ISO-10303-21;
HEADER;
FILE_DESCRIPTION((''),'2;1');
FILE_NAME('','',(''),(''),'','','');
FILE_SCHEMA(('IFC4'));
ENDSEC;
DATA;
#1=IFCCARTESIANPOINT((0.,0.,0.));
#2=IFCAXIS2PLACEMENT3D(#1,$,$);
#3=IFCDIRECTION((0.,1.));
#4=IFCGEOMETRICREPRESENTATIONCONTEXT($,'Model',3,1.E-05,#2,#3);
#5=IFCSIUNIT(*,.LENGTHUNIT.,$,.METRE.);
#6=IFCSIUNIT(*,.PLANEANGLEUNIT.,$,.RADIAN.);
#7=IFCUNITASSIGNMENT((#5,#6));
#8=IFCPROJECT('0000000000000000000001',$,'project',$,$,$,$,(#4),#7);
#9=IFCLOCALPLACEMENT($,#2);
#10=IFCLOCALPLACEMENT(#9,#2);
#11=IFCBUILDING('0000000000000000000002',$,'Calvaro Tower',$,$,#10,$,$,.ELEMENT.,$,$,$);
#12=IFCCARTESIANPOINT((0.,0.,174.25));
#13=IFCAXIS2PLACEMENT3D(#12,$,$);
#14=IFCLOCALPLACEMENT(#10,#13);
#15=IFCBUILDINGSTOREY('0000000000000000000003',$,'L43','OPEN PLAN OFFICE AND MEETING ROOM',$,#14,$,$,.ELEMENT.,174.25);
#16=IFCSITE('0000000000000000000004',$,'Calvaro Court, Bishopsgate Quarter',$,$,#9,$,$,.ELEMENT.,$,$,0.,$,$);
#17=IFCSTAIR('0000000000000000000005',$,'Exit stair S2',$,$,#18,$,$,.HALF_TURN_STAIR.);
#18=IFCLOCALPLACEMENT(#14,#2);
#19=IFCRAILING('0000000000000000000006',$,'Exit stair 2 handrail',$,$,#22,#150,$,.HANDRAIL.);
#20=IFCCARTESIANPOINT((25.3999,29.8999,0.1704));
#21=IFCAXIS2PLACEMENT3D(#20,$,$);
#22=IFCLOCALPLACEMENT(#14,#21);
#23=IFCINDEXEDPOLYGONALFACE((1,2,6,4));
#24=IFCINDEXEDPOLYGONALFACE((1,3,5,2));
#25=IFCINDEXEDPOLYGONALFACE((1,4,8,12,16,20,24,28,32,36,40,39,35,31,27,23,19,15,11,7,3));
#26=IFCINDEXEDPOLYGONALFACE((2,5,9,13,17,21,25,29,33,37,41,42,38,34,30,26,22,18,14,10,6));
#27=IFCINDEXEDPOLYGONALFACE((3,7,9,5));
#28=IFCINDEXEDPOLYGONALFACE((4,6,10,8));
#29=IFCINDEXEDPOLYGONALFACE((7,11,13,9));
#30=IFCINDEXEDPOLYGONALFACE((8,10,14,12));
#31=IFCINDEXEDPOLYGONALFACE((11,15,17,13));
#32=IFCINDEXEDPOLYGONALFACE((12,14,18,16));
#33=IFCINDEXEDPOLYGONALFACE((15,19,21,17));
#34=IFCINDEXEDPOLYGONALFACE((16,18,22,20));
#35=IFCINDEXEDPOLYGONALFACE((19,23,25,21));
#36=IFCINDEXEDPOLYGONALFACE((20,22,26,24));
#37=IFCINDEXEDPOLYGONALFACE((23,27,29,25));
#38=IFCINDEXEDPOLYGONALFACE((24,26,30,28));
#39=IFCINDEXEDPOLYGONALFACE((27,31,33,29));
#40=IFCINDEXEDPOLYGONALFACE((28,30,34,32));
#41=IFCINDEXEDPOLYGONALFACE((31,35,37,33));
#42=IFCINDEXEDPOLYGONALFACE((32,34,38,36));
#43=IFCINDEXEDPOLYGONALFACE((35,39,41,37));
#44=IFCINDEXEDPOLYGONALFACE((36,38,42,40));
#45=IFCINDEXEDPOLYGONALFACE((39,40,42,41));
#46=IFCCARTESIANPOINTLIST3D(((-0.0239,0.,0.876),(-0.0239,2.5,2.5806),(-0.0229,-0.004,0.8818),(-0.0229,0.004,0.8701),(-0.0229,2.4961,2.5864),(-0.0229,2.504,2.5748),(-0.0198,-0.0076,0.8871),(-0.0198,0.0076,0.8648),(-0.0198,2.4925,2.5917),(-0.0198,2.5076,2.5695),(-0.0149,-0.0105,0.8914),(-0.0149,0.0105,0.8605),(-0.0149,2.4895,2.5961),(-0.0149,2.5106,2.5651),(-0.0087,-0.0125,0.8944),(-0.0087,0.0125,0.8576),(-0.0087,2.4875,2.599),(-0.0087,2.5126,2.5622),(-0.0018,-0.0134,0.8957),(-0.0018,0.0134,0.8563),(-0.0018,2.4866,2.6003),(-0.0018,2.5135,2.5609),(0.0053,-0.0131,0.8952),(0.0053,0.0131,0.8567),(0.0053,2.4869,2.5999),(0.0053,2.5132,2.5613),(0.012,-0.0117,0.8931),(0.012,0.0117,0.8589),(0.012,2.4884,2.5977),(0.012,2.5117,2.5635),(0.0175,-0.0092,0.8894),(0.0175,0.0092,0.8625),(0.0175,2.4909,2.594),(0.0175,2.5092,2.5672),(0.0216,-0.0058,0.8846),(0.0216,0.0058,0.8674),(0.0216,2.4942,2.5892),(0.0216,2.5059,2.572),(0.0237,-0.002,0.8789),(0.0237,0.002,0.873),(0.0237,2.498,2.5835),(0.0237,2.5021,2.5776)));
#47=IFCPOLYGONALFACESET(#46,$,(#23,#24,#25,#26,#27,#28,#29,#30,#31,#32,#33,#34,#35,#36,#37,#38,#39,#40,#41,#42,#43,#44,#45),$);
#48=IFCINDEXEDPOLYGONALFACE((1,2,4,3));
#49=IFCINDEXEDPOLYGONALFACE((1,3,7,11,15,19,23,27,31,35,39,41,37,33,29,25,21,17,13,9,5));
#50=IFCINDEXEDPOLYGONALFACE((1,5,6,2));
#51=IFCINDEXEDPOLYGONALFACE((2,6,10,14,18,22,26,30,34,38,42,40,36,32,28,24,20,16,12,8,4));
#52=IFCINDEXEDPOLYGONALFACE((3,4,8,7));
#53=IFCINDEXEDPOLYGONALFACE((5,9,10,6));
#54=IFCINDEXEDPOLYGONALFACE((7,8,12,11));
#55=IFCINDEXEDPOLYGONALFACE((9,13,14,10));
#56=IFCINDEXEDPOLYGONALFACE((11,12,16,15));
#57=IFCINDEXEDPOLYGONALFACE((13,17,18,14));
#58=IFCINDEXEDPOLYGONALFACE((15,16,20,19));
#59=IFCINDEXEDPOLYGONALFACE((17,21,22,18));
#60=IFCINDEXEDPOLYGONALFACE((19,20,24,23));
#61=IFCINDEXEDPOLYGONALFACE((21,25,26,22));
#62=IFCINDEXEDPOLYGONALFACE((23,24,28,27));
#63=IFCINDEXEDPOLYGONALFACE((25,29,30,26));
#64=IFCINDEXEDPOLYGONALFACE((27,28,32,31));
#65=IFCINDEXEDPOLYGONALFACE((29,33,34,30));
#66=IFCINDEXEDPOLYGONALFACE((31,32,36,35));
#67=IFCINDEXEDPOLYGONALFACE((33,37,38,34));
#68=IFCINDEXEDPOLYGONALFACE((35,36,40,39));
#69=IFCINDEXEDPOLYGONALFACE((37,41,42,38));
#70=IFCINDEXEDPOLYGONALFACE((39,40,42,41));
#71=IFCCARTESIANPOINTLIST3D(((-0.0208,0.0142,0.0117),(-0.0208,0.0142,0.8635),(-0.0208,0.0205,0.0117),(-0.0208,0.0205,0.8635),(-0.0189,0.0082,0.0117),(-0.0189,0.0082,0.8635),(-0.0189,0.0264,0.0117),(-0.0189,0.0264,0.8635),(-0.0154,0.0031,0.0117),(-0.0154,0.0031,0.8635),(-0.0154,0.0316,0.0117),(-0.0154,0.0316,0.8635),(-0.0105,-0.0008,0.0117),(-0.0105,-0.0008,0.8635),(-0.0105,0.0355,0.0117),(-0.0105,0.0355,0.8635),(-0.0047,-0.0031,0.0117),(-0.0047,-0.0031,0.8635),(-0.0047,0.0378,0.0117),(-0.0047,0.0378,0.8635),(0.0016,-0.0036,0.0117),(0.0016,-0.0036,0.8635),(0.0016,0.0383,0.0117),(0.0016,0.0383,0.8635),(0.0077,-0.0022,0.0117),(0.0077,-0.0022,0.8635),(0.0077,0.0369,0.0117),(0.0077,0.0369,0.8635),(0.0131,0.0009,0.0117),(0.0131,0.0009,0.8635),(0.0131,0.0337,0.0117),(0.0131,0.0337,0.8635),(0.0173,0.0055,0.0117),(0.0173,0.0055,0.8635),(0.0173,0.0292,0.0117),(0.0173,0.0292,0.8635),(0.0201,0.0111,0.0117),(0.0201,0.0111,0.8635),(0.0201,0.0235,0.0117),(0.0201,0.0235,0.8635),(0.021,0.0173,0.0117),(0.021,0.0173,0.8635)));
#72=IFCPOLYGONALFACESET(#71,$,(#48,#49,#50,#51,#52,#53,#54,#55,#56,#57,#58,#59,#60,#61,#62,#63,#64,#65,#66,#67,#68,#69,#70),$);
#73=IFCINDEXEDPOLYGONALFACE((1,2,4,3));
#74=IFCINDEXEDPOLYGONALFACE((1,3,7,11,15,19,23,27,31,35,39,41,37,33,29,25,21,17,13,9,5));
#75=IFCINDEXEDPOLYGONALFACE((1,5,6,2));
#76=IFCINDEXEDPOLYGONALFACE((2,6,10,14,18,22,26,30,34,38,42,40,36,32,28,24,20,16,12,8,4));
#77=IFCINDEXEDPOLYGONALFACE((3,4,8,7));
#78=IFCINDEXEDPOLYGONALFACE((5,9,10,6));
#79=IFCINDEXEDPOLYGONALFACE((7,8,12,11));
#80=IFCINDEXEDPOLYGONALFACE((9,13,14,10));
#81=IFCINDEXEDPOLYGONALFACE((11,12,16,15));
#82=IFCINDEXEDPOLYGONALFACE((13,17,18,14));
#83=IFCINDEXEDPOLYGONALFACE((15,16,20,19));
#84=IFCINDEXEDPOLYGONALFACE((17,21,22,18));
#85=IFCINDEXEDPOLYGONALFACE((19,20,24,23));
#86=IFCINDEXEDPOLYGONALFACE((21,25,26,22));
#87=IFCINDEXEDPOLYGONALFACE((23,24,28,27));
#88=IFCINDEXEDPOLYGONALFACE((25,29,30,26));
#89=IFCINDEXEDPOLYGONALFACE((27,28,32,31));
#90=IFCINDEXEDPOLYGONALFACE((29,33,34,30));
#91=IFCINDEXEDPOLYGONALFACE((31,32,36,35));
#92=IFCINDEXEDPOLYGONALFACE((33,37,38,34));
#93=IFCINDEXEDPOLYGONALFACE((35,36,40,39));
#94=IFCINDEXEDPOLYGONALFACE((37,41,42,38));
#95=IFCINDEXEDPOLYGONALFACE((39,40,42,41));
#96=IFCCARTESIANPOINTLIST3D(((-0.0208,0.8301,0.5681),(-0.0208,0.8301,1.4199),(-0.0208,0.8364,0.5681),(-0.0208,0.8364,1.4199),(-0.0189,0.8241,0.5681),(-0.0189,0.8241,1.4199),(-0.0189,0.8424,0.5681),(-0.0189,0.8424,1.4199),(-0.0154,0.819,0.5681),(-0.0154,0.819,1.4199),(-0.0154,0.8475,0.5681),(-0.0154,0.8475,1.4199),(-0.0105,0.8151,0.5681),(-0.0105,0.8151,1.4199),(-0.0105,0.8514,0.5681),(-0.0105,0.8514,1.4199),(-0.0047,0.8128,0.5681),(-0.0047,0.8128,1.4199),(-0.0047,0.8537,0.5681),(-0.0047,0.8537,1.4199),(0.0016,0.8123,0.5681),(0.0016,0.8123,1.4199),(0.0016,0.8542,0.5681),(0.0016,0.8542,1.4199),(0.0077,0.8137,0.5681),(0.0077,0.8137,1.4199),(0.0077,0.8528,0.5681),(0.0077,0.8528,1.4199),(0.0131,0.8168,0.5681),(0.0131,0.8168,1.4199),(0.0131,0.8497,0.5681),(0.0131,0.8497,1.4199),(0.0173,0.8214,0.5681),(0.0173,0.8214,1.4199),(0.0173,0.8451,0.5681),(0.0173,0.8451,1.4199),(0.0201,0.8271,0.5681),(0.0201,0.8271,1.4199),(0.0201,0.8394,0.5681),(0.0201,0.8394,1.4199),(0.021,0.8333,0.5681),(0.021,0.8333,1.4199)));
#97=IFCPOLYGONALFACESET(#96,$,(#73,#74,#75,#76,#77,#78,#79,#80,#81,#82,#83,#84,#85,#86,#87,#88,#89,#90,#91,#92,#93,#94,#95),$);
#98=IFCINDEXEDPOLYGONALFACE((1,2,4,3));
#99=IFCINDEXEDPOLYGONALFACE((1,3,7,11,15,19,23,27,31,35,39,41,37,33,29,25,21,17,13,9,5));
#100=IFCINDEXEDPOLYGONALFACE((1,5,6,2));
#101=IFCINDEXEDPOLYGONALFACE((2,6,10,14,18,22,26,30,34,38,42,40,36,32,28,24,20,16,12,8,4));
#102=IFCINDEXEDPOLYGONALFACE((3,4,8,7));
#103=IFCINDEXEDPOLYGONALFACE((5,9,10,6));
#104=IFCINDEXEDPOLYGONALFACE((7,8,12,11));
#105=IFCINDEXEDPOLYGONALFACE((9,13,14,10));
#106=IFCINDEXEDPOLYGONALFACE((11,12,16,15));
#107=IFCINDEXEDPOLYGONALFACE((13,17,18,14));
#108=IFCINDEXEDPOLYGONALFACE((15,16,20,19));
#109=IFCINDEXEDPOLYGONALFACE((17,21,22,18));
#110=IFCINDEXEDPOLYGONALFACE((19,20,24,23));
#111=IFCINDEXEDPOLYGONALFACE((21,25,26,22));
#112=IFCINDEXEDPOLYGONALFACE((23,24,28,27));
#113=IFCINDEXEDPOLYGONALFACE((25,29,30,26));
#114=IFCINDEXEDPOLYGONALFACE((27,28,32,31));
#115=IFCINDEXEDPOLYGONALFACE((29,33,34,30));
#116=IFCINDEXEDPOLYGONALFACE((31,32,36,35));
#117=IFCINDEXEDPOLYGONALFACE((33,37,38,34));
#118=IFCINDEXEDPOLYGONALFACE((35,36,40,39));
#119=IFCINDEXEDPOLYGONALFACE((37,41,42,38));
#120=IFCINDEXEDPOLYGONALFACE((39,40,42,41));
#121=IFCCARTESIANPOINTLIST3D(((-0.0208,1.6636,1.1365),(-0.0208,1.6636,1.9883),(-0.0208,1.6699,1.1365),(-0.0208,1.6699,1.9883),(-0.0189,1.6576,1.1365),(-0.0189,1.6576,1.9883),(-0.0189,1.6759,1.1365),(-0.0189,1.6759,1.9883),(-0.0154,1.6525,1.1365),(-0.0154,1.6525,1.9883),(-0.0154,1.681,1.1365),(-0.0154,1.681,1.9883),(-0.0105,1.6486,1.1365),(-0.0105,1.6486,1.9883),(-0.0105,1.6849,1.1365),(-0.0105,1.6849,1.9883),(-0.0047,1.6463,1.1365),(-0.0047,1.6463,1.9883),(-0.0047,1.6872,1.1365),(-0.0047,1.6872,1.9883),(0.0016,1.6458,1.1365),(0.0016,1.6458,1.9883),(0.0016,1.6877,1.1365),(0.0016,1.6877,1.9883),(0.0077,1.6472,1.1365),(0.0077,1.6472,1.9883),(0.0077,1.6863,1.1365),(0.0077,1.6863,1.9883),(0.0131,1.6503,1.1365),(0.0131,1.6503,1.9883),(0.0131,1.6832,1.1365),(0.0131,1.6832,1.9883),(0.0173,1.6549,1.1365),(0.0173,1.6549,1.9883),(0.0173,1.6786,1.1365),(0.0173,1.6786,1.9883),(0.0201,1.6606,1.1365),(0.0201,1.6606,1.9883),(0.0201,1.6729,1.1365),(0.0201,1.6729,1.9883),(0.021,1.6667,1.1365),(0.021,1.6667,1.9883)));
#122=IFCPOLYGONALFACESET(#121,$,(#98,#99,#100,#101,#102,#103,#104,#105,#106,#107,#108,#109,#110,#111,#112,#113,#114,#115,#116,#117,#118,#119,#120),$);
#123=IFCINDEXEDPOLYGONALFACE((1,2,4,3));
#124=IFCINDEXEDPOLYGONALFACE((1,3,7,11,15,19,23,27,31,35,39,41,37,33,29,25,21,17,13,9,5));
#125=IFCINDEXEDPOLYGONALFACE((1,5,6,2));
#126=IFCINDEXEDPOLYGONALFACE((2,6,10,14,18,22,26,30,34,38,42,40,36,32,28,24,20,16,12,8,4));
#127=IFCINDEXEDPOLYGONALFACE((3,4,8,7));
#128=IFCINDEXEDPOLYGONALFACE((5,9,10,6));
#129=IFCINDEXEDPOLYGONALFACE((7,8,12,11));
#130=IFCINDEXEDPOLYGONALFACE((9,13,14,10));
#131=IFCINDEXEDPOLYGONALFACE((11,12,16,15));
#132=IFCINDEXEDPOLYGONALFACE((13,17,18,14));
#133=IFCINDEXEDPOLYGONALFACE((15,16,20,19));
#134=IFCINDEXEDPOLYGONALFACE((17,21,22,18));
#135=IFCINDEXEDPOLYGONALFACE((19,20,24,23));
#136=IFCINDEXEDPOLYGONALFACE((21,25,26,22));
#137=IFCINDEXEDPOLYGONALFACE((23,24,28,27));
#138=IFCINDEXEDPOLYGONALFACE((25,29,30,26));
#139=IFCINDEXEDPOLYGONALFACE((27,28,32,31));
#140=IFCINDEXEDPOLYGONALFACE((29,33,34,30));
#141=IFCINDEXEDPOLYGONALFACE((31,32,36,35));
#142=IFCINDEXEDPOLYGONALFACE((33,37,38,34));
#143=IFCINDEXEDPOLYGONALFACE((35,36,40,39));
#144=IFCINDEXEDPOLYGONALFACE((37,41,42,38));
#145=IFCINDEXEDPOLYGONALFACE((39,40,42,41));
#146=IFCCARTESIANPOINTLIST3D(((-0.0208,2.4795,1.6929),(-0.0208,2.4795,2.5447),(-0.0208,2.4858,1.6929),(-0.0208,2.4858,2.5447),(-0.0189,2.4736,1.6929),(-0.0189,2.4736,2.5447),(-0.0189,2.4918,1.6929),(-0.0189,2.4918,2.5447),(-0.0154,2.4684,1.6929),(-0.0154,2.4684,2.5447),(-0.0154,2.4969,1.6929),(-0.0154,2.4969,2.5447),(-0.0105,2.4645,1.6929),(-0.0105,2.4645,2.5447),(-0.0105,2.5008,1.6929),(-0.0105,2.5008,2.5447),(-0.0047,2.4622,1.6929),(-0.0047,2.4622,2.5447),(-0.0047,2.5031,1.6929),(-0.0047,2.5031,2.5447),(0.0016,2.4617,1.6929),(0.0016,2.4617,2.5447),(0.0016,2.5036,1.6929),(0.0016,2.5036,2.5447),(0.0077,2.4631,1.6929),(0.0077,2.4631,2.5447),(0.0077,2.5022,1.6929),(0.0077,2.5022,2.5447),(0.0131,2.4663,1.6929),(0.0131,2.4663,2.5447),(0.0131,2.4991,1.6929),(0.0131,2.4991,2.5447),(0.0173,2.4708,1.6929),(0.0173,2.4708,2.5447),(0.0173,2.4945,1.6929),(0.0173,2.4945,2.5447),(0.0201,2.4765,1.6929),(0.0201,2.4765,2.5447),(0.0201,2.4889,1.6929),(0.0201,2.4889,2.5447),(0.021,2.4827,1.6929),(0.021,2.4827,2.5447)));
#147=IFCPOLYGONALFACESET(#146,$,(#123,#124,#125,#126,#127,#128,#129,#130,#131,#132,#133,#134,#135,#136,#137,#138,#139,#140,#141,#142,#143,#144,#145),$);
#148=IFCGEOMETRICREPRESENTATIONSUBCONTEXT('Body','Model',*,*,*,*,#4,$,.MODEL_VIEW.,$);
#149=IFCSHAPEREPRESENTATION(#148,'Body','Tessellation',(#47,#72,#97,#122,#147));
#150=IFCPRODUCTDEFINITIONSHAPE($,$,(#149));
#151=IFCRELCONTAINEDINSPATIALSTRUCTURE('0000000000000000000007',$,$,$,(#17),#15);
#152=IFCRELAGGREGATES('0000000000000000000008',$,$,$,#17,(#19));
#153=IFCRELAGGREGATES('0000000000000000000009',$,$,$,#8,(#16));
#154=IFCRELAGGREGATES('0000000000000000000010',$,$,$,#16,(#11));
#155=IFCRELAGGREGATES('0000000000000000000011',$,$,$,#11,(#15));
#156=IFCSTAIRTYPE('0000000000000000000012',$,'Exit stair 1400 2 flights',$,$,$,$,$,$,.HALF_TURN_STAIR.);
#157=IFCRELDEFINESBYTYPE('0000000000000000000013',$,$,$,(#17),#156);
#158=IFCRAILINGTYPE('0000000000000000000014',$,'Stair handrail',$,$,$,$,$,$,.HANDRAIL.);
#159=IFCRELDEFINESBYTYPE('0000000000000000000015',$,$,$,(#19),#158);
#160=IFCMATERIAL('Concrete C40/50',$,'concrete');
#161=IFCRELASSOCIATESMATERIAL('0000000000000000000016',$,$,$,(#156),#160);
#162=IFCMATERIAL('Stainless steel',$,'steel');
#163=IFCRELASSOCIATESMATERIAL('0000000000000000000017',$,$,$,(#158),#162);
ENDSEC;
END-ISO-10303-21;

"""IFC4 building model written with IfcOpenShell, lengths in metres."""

from ifc_helpers import new_model, si_unit, direction, frame, origin, origin_2d, place, context, subcontext, project, spatial, circle, extrude, material, type_object, element, aggregate, save


model = new_model("IFC4")

# Units and contexts
model_context = context("Model", 3, precision=1e-05, world=origin(), true_north=direction((0.0, 1.0)))
body_context = subcontext(model_context, "Body", "Model", "MODEL_VIEW")
ifc_project = project(units=[si_unit("LENGTHUNIT", "METRE"), si_unit("PLANEANGLEUNIT", "RADIAN")], contexts=[model_context])

# Site, building, storey
site_placement = place(None, origin())
site = spatial("IfcSite", under=ifc_project, at=site_placement, Name="Calvaro Court, Bishopsgate Quarter", CompositionType="ELEMENT", RefElevation=0.0)
building_placement = place(site_placement, origin())
building = spatial("IfcBuilding", under=site, at=building_placement, Name="Calvaro Tower", CompositionType="ELEMENT")
storey_placement = place(building_placement, frame((0.0, 0.0, 174.25)))
storey = spatial("IfcBuildingStorey", under=building, at=storey_placement, Name="L43", Description="OPEN PLAN OFFICE AND MEETING ROOM", CompositionType="ELEMENT", Elevation=174.25)

# Stair
ifc_material_1 = material(Name="Concrete C40/50", Category="concrete")
stair_type = type_object("IfcStairType", Name="Exit stair 1400 2 flights", PredefinedType="HALF_TURN_STAIR", material=ifc_material_1)
stair_1_placement = place(storey_placement, origin())
stair_1 = element("IfcStair", 1, at=stair_1_placement, inside=storey, type_object=stair_type, Name="Exit stair S2", PredefinedType="HALF_TURN_STAIR")

# Shared definitions
ifc_material_2 = material(Name="Stainless steel", Category="steel")
railing_type = type_object("IfcRailingType", Name="Stair handrail", PredefinedType="HANDRAIL", material=ifc_material_2)

# Railing
railing_1_placement = place(storey_placement, frame((25.3999, 29.8999, 0.1704)))
railing_1 = element("IfcRailing", 2, at=railing_1_placement, type_object=railing_type, Name="Exit stair 2 handrail", PredefinedType="HANDRAIL", context=body_context, shape_type="SweptSolid", body=[
    extrude(circle(Radius=0.0239, at=origin_2d()), frame((0.0, 0.0, 0.876), z_axis=(0.0, 0.826221, 0.563347), x_axis=(-1.0, 0.0, 0.0)), (0.0, 0.0, 1.0), 3.0259),
    extrude(circle(Radius=0.021, at=origin_2d()), frame((0.0, 0.0173, 0.0117)), (0.0, 0.0, 1.0), 0.8518),
    extrude(circle(Radius=0.021, at=origin_2d()), frame((0.0, 0.8333, 0.5681)), (0.0, 0.0, 1.0), 0.8518),
    extrude(circle(Radius=0.021, at=origin_2d()), frame((0.0, 1.6667, 1.1365)), (0.0, 0.0, 1.0), 0.8518),
    extrude(circle(Radius=0.021, at=origin_2d()), frame((0.0, 2.4827, 1.6929)), (0.0, 0.0, 1.0), 0.8518),
])
aggregate(stair_1, [railing_1])

save(model, "model.ifc")
